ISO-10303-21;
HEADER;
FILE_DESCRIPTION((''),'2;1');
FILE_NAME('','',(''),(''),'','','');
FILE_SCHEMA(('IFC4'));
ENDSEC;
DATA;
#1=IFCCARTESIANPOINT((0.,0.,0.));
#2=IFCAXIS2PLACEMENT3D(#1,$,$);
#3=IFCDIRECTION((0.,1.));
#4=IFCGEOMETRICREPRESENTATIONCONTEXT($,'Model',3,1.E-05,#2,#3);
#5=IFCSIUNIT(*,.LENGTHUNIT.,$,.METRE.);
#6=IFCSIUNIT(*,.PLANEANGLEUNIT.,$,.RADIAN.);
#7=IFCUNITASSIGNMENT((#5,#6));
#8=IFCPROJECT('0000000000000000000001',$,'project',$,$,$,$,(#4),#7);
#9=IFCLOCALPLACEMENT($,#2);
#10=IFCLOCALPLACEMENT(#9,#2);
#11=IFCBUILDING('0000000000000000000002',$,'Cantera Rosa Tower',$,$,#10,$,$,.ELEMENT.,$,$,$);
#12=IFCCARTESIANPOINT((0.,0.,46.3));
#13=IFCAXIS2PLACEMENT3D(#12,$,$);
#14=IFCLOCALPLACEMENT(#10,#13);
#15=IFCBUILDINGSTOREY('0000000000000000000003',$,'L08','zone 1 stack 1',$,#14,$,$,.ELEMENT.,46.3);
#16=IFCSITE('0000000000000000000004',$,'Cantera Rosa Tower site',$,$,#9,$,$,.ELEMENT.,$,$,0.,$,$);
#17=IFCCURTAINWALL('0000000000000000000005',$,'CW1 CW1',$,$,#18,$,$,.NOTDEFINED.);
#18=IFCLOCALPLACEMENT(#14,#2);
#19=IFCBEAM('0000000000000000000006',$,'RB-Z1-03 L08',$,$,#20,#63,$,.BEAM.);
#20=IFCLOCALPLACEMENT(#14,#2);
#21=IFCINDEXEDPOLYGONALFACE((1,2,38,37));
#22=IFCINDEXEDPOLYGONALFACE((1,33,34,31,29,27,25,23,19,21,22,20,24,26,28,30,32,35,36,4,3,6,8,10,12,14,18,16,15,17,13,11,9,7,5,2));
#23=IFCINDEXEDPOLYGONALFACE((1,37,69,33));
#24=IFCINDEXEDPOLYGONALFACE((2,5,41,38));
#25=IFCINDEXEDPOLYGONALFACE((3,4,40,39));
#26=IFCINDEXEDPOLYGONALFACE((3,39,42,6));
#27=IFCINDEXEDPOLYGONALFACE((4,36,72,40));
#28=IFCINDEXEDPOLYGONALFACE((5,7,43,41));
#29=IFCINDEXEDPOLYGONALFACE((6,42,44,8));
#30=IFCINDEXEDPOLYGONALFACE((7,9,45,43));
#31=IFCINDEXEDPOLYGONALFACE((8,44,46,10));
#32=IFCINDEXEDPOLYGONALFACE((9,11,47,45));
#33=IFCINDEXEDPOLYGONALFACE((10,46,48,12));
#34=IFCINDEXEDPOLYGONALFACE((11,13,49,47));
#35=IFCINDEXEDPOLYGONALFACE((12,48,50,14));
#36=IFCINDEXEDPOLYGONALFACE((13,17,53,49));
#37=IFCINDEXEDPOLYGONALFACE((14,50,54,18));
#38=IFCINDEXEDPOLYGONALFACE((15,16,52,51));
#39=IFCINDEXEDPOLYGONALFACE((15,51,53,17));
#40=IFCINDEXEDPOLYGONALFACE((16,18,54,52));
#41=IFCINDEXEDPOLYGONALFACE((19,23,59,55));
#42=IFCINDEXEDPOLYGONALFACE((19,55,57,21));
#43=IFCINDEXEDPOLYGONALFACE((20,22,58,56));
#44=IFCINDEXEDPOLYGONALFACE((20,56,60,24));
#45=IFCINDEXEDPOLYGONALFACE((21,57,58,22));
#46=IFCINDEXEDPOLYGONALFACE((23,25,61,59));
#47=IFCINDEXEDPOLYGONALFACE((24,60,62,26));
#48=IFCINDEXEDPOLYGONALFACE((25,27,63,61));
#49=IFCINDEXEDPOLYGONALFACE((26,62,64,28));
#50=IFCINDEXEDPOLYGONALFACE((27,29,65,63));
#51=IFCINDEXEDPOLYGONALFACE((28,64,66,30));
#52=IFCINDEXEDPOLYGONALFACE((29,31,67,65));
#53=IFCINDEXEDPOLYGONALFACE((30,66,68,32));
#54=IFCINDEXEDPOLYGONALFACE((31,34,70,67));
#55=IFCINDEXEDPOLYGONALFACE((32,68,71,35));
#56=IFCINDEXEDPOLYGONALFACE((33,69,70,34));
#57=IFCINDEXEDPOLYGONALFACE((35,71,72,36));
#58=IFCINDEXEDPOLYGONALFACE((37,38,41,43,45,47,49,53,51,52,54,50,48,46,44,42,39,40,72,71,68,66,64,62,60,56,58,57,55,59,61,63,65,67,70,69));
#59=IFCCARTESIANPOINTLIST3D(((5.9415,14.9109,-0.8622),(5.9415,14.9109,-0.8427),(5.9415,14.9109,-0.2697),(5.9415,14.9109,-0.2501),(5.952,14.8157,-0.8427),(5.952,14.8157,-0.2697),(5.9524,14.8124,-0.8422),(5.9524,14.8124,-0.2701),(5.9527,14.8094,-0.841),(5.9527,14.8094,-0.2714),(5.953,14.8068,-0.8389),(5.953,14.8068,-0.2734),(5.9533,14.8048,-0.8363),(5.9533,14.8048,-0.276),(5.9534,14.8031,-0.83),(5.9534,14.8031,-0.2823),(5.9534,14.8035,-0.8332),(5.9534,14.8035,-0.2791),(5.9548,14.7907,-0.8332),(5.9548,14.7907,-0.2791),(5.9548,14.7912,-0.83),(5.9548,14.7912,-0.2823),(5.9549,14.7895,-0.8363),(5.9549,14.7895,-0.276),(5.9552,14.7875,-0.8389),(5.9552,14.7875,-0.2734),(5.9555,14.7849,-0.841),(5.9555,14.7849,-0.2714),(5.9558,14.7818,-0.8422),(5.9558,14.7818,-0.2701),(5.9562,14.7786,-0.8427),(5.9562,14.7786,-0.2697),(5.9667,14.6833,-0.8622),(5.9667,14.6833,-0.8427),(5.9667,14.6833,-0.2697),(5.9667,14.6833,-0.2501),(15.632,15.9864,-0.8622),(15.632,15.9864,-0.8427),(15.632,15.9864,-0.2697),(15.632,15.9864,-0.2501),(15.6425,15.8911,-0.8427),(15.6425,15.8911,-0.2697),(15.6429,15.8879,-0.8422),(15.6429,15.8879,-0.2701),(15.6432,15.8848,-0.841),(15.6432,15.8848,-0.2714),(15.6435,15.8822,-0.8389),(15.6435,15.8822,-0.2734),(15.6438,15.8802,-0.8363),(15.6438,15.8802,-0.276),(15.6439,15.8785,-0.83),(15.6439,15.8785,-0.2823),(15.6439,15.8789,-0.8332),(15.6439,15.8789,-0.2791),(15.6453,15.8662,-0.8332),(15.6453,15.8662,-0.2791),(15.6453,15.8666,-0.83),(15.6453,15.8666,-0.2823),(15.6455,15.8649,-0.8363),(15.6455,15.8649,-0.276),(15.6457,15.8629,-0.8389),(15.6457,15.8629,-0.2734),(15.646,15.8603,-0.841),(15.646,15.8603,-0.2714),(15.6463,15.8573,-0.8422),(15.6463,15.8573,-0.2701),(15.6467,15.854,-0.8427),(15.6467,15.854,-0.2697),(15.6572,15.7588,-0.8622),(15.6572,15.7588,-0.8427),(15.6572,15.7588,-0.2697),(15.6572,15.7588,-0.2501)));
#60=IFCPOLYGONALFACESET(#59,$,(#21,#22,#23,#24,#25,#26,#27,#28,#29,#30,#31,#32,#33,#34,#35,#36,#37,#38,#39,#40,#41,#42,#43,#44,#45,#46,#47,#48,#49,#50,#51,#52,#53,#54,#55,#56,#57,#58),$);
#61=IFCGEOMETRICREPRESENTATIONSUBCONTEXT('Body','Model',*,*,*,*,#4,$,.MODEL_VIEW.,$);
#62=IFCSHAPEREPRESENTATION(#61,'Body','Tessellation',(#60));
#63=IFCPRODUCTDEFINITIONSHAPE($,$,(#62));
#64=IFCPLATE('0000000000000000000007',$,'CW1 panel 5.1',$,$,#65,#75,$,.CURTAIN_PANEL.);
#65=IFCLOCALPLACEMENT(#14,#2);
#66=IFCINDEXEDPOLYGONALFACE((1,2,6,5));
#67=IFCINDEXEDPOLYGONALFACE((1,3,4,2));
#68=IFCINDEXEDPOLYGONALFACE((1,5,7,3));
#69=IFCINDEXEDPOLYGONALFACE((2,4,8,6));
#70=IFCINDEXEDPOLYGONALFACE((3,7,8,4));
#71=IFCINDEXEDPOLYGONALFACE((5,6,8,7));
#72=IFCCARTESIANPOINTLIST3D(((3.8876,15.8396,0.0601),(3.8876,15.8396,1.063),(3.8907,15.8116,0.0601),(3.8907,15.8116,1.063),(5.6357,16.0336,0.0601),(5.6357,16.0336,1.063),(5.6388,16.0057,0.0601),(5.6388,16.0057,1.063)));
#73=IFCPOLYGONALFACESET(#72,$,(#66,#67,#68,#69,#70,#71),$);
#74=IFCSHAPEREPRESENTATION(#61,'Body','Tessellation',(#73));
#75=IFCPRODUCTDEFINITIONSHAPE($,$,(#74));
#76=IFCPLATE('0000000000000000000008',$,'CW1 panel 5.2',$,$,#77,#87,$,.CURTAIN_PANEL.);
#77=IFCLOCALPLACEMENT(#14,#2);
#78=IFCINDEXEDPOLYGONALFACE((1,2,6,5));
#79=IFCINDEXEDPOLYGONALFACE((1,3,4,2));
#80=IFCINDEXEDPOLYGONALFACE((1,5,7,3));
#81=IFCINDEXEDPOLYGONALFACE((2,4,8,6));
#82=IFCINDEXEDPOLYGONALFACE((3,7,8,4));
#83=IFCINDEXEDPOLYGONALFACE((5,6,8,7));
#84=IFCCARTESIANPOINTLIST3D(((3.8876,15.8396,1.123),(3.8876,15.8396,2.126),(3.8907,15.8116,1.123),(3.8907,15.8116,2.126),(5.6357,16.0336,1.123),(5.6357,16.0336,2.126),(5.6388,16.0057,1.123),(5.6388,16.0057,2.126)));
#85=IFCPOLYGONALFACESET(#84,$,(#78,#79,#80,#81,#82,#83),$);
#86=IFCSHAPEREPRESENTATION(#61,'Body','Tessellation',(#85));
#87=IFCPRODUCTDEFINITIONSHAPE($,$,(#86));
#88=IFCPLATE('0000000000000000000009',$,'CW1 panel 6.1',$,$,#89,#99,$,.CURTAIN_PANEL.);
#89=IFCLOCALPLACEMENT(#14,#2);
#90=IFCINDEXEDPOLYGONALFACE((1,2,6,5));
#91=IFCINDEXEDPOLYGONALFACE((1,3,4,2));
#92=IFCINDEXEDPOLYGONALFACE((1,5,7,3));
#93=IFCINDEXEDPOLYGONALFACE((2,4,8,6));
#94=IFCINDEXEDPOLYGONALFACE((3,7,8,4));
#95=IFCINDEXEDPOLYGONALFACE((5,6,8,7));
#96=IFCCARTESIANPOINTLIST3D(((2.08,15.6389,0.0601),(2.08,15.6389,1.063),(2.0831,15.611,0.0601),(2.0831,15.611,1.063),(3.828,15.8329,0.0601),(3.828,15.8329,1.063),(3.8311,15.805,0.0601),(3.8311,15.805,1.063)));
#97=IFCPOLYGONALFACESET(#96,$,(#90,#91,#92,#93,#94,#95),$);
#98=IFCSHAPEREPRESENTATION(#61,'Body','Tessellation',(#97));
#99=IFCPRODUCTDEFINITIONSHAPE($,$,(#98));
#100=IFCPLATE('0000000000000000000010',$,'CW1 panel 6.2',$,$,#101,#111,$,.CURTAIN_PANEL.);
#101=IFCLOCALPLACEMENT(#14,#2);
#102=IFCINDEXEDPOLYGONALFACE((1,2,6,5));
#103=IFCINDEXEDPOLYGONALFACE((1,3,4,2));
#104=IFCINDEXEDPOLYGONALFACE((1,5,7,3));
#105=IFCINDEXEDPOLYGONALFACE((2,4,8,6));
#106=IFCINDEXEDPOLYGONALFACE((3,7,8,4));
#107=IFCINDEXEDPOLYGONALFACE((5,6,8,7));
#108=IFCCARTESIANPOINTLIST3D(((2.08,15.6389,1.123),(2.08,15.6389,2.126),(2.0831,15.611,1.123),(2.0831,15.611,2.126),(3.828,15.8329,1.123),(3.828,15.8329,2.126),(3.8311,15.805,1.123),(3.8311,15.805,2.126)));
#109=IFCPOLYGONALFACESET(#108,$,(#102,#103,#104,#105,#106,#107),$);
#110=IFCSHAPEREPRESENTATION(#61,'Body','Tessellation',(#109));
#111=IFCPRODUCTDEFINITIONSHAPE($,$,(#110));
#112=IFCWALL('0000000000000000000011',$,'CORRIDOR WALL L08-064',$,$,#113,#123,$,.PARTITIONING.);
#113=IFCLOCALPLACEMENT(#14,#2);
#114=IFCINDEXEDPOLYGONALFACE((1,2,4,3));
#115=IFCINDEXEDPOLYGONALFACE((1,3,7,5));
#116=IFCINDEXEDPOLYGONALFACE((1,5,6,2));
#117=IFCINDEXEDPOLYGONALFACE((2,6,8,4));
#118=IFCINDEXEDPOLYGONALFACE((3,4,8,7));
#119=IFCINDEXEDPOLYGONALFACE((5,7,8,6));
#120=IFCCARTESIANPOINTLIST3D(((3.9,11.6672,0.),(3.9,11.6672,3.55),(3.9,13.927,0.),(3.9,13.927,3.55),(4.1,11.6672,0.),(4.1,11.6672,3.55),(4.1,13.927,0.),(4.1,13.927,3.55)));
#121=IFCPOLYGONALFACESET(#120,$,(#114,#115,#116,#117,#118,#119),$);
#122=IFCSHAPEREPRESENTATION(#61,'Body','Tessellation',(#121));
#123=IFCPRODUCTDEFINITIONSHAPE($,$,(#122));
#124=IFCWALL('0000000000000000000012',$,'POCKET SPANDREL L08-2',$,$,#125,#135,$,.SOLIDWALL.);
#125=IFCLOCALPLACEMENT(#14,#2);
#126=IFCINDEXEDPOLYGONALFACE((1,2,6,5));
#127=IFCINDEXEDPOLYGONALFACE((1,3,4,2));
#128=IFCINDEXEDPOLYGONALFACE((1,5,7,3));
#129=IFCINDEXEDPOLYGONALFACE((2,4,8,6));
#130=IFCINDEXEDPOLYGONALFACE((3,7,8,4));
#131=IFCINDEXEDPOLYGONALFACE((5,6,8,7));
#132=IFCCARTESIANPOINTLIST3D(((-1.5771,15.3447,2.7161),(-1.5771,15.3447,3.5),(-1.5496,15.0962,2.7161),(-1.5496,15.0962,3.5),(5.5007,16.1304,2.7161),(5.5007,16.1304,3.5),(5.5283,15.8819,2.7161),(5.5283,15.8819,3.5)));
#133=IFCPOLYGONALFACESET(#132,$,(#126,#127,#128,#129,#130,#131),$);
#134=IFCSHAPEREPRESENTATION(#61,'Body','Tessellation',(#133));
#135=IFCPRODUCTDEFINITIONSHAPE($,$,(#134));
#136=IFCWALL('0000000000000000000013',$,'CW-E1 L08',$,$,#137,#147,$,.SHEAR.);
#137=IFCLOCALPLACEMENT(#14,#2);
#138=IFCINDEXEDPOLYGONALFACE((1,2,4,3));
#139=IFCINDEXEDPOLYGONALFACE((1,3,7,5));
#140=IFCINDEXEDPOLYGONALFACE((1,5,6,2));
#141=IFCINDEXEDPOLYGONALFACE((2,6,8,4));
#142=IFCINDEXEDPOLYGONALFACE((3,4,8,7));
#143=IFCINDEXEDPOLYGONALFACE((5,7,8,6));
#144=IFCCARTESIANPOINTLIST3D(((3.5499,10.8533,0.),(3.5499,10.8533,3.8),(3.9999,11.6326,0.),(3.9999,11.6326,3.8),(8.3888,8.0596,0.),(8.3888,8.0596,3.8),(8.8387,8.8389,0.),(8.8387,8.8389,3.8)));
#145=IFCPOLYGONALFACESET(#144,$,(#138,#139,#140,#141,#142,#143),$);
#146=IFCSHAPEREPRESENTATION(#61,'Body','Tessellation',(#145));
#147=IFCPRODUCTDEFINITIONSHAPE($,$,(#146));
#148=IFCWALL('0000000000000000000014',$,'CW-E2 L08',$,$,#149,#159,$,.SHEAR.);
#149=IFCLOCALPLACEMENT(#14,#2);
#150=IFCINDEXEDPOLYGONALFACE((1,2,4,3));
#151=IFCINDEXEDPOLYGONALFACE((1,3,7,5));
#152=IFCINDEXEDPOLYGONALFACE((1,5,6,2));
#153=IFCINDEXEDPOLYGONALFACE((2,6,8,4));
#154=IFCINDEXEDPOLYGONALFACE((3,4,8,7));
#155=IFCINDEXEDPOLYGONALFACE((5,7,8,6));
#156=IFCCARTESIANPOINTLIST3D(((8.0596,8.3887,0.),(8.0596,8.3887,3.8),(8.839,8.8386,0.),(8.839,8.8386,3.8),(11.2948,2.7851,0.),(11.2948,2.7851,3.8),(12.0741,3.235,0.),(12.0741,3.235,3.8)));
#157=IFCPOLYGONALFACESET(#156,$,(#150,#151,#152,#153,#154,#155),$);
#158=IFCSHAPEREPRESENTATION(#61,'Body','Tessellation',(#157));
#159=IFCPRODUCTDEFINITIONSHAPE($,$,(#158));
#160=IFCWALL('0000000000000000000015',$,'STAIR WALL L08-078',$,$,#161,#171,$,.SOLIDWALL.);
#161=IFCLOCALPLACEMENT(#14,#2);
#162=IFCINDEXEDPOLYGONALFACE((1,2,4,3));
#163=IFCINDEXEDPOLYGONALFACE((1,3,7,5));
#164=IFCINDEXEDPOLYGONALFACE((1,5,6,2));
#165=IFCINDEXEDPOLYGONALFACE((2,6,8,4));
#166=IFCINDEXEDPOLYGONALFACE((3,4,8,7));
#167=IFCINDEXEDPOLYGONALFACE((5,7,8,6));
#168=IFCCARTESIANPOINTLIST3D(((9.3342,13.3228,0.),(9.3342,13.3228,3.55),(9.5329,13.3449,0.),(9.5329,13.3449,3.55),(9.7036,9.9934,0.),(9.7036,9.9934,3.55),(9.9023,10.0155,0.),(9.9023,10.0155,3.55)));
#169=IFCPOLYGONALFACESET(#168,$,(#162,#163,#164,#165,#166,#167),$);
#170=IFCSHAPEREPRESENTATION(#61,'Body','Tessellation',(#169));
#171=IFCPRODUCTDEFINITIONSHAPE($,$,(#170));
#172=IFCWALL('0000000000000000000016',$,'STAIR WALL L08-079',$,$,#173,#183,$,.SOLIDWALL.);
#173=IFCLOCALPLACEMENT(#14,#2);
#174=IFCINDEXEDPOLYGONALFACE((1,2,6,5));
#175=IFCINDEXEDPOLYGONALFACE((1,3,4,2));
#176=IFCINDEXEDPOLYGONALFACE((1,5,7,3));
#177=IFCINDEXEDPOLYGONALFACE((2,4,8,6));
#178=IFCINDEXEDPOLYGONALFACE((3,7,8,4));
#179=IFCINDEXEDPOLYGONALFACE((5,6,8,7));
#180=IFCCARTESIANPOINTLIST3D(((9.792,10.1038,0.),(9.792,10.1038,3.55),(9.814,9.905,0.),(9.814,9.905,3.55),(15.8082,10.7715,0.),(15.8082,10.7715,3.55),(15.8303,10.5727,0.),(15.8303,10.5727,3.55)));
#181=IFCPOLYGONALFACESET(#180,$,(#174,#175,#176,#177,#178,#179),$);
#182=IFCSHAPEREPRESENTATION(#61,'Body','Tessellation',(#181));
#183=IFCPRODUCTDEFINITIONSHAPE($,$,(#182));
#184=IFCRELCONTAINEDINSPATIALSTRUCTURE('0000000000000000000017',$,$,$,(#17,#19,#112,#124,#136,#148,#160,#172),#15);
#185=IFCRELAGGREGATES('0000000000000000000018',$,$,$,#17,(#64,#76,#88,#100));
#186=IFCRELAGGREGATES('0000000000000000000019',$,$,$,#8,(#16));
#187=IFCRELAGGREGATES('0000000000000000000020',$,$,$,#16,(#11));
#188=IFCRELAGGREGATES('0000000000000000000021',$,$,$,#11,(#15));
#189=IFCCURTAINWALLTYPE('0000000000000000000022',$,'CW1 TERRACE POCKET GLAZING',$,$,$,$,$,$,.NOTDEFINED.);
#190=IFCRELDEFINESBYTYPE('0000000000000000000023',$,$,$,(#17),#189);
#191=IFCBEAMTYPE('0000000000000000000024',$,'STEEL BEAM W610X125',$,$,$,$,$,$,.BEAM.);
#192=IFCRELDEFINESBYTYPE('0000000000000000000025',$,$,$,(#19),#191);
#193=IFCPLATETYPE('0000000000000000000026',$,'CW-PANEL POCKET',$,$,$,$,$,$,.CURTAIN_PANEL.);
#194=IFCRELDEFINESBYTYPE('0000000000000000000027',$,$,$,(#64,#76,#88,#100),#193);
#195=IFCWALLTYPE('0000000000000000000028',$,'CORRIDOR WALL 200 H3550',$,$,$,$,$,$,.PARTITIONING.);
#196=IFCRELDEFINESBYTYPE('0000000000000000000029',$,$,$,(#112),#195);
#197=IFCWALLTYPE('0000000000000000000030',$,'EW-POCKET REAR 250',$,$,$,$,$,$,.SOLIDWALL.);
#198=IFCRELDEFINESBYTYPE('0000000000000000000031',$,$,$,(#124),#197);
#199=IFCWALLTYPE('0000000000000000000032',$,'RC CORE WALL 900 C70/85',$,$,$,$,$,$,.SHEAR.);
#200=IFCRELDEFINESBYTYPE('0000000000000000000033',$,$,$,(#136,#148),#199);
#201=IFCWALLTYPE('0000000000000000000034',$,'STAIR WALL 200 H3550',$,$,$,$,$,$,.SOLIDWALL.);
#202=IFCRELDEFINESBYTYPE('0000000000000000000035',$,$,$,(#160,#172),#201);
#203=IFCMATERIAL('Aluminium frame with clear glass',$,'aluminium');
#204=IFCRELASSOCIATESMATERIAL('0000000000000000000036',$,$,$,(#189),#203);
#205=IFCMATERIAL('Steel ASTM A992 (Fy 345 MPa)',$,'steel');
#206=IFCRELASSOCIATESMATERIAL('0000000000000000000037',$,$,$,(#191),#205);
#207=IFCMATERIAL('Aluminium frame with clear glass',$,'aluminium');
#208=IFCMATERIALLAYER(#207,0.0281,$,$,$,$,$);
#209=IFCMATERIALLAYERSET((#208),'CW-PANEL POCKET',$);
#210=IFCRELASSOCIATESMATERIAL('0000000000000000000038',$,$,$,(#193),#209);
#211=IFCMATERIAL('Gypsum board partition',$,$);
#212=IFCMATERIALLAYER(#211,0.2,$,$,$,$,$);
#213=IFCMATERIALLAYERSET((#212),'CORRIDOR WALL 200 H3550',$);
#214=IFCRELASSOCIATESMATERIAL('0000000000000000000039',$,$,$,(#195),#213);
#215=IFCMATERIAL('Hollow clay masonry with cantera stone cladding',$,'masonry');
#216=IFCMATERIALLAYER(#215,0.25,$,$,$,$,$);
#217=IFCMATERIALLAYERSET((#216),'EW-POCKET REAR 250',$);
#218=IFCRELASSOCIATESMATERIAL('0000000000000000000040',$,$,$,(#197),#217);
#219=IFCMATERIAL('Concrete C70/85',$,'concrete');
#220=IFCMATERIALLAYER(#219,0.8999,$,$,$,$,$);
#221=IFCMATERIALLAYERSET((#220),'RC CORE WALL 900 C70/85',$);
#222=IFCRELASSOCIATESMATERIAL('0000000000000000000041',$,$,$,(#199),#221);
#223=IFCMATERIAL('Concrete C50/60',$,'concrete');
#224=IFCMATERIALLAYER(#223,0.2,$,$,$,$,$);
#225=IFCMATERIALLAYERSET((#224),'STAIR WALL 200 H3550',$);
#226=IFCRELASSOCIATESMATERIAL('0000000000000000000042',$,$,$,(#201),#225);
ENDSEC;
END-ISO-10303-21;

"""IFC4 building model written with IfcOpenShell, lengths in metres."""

from ifc_helpers import new_model, si_unit, direction, frame, frame_2d, origin, origin_2d, place, context, subcontext, project, spatial, rectangle, i_section, extrude, material, layer, layer_set, material_profile, profile_set, type_object, element, aggregate, save


model = new_model("IFC4")

# Units and contexts
model_context = context("Model", 3, precision=1e-05, world=origin(), true_north=direction((0.0, 1.0)))
body_context = subcontext(model_context, "Body", "Model", "MODEL_VIEW")
ifc_project = project(units=[si_unit("LENGTHUNIT", "METRE"), si_unit("PLANEANGLEUNIT", "RADIAN")], contexts=[model_context])

# Site, building, storey
site_placement = place(None, origin())
site = spatial("IfcSite", under=ifc_project, at=site_placement, Name="Cantera Rosa Tower site", CompositionType="ELEMENT", RefElevation=0.0)
building_placement = place(site_placement, origin())
building = spatial("IfcBuilding", under=site, at=building_placement, Name="Cantera Rosa Tower", CompositionType="ELEMENT")
storey_placement = place(building_placement, frame((0.0, 0.0, 46.3)))
storey = spatial("IfcBuildingStorey", under=building, at=storey_placement, Name="L08", Description="zone 1 stack 1", CompositionType="ELEMENT", Elevation=46.3)

# Curtain wall
ifc_material_1 = material(Name="Aluminium frame with clear glass", Category="aluminium")
curtain_wall_type = type_object("IfcCurtainWallType", Name="CW1 TERRACE POCKET GLAZING", PredefinedType="NOTDEFINED", material=ifc_material_1)
curtain_wall_placement = place(storey_placement, origin())
curtain_wall = element("IfcCurtainWall", 1, at=curtain_wall_placement, inside=storey, type_object=curtain_wall_type, Name="CW1 CW1", PredefinedType="NOTDEFINED")

# Beam
ifc_material_2 = material(Name="Steel ASTM A992 (Fy 345 MPa)", Category="steel")
ifc_material_profile_1 = material_profile(ifc_material_2, i_section(OverallWidth=0.229, OverallDepth=0.6121, WebThickness=0.012, FlangeThickness=0.0195, FilletRadius=0.0127, at=origin_2d()), Name="W610X125")
ifc_profile_set_1 = profile_set([ifc_material_profile_1], Name="Steel ASTM A992 (Fy 345 MPa)")
beam_type = type_object("IfcBeamType", Name="STEEL BEAM W610X125", PredefinedType="BEAM", material=ifc_profile_set_1)
beam_placement = place(storey_placement, frame((5.9541, 14.7971, -0.5562), z_axis=(0.993898, 0.110302, 0.0), x_axis=(-0.110302, 0.993898, 0.0)))
element("IfcBeam", 2, at=beam_placement, inside=storey, type_object=beam_type, Name="RB-Z1-03 L08", PredefinedType="BEAM", context=body_context, shape_type="SweptSolid", body=[
    extrude(i_section(OverallWidth=0.229, OverallDepth=0.6121, WebThickness=0.012, FlangeThickness=0.0195, FilletRadius=0.0127, at=origin_2d()), origin(), (0.0, 0.0, 1.0), 9.75),
])

# Plates
ifc_material_3 = material(Name="Aluminium frame with clear glass", Category="aluminium")
ifc_layer_1 = layer(ifc_material_3, 0.0281)
ifc_layer_set_1 = layer_set([ifc_layer_1], Name="CW-PANEL POCKET")
plate_type = type_object("IfcPlateType", Name="CW-PANEL POCKET", PredefinedType="CURTAIN_PANEL", material=ifc_layer_set_1)
plate_1_placement = place(storey_placement, frame((4.7632, 15.9226, 0.0601), z_axis=(0.0, 0.0, 1.0), x_axis=(-0.993897, -0.110313, 0.0)))
plate_1 = element("IfcPlate", 3, at=plate_1_placement, type_object=plate_type, Name="CW1 panel 5.1", PredefinedType="CURTAIN_PANEL", context=body_context, shape_type="SweptSolid", body=[
    extrude(rectangle(XDim=1.7588, YDim=0.0281, at=origin_2d()), origin(), (0.0, 0.0, 1.0), 1.0029),
])
plate_2_placement = place(storey_placement, frame((4.7632, 15.9226, 1.123), z_axis=(0.0, 0.0, 1.0), x_axis=(-0.993897, -0.110313, 0.0)))
plate_2 = element("IfcPlate", 4, at=plate_2_placement, type_object=plate_type, Name="CW1 panel 5.2", PredefinedType="CURTAIN_PANEL", context=body_context, shape_type="SweptSolid", body=[
    extrude(rectangle(XDim=1.7588, YDim=0.0281, at=origin_2d()), origin(), (0.0, 0.0, 1.0), 1.0029),
])
plate_3_placement = place(storey_placement, frame((2.9556, 15.7219, 0.0601), z_axis=(0.0, 0.0, 1.0), x_axis=(-0.993897, -0.110313, 0.0)))
plate_3 = element("IfcPlate", 5, at=plate_3_placement, type_object=plate_type, Name="CW1 panel 6.1", PredefinedType="CURTAIN_PANEL", context=body_context, shape_type="SweptSolid", body=[
    extrude(rectangle(XDim=1.7588, YDim=0.0281, at=origin_2d()), origin(), (0.0, 0.0, 1.0), 1.0029),
])
plate_4_placement = place(storey_placement, frame((2.9556, 15.7219, 1.123), z_axis=(0.0, 0.0, 1.0), x_axis=(-0.993897, -0.110313, 0.0)))
plate_4 = element("IfcPlate", 6, at=plate_4_placement, type_object=plate_type, Name="CW1 panel 6.2", PredefinedType="CURTAIN_PANEL", context=body_context, shape_type="SweptSolid", body=[
    extrude(rectangle(XDim=1.7588, YDim=0.0281, at=origin_2d()), origin(), (0.0, 0.0, 1.0), 1.0029),
])
aggregate(curtain_wall, [plate_1, plate_2, plate_3, plate_4])

# Walls
ifc_material_4 = material(Name="Gypsum board partition")
ifc_layer_2 = layer(ifc_material_4, 0.2)
ifc_layer_set_2 = layer_set([ifc_layer_2], Name="CORRIDOR WALL 200 H3550")
wall_type_1 = type_object("IfcWallType", Name="CORRIDOR WALL 200 H3550", PredefinedType="PARTITIONING", material=ifc_layer_set_2)
wall_1_placement = place(storey_placement, frame((4.0, 11.6672, 0.0), z_axis=(0.0, 0.0, 1.0), x_axis=(0.0, 1.0, 0.0)))
element("IfcWall", 7, at=wall_1_placement, inside=storey, type_object=wall_type_1, Name="CORRIDOR WALL L08-064", PredefinedType="PARTITIONING", context=body_context, shape_type="SweptSolid", body=[
    extrude(rectangle(XDim=2.2598, YDim=0.2, at=frame_2d((1.1299, 0.0))), origin(), (0.0, 0.0, 1.0), 3.55),
])
ifc_material_5 = material(Name="Hollow clay masonry with cantera stone cladding", Category="masonry")
ifc_layer_3 = layer(ifc_material_5, 0.25)
ifc_layer_set_3 = layer_set([ifc_layer_3], Name="EW-POCKET REAR 250")
wall_type_2 = type_object("IfcWallType", Name="EW-POCKET REAR 250", PredefinedType="SOLIDWALL", material=ifc_layer_set_3)
wall_2_placement = place(storey_placement, frame((5.5144, 16.0061, 2.7161), z_axis=(0.0, 0.0, 1.0), x_axis=(-0.993896, -0.110322, 0.0)))
element("IfcWall", 8, at=wall_2_placement, inside=storey, type_object=wall_type_2, Name="POCKET SPANDREL L08-2", PredefinedType="SOLIDWALL", context=body_context, shape_type="SweptSolid", body=[
    extrude(rectangle(XDim=7.1213, YDim=0.25, at=frame_2d((3.5605, 0.0))), origin(), (0.0, 0.0, 1.0), 0.7839),
])
ifc_material_6 = material(Name="Concrete C70/85", Category="concrete")
ifc_layer_4 = layer(ifc_material_6, 0.8999)
ifc_layer_set_4 = layer_set([ifc_layer_4], Name="RC CORE WALL 900 C70/85")
wall_type_3 = type_object("IfcWallType", Name="RC CORE WALL 900 C70/85", PredefinedType="SHEAR", material=ifc_layer_set_4)
wall_3_placement = place(storey_placement, frame((3.7749, 11.2429, 0.0), z_axis=(0.0, 0.0, 1.0), x_axis=(0.866027, -0.499997, 0.0)))
element("IfcWall", 9, at=wall_3_placement, inside=storey, type_object=wall_type_3, Name="CW-E1 L08", PredefinedType="SHEAR", context=body_context, shape_type="SweptSolid", body=[
    extrude(rectangle(XDim=5.5874, YDim=0.8999, at=frame_2d((2.7937, 0.0))), origin(), (0.0, 0.0, 1.0), 3.8),
])
wall_4_placement = place(storey_placement, frame((8.4492, 8.6138, 0.0), z_axis=(0.0, 0.0, 1.0), x_axis=(0.49999, -0.866031, 0.0)))
element("IfcWall", 10, at=wall_4_placement, inside=storey, type_object=wall_type_3, Name="CW-E2 L08", PredefinedType="SHEAR", context=body_context, shape_type="SweptSolid", body=[
    extrude(rectangle(XDim=6.4705, YDim=0.8999, at=frame_2d((3.2354, 0.0))), origin(), (0.0, 0.0, 1.0), 3.8),
])
ifc_material_7 = material(Name="Concrete C50/60", Category="concrete")
ifc_layer_5 = layer(ifc_material_7, 0.2)
ifc_layer_set_5 = layer_set([ifc_layer_5], Name="STAIR WALL 200 H3550")
wall_type_4 = type_object("IfcWallType", Name="STAIR WALL 200 H3550", PredefinedType="SOLIDWALL", material=ifc_layer_set_5)
wall_5_placement = place(storey_placement, frame((9.4336, 13.3337, 0.0), z_axis=(0.0, 0.0, 1.0), x_axis=(0.110272, -0.993901, 0.0)))
element("IfcWall", 11, at=wall_5_placement, inside=storey, type_object=wall_type_4, Name="STAIR WALL L08-078", PredefinedType="SOLIDWALL", context=body_context, shape_type="SweptSolid", body=[
    extrude(rectangle(XDim=3.3499, YDim=0.2, at=frame_2d((1.6748, 0.0))), origin(), (0.0, 0.0, 1.0), 3.55),
])
wall_6_placement = place(storey_placement, frame((9.803, 10.0044, 0.0), z_axis=(0.0, 0.0, 1.0), x_axis=(0.993897, 0.110308, 0.0)))
element("IfcWall", 12, at=wall_6_placement, inside=storey, type_object=wall_type_4, Name="STAIR WALL L08-079", PredefinedType="SOLIDWALL", context=body_context, shape_type="SweptSolid", body=[
    extrude(rectangle(XDim=6.0532, YDim=0.2, at=frame_2d((3.0266, 0.0))), origin(), (0.0, 0.0, 1.0), 3.55),
])

save(model, "model.ifc")
